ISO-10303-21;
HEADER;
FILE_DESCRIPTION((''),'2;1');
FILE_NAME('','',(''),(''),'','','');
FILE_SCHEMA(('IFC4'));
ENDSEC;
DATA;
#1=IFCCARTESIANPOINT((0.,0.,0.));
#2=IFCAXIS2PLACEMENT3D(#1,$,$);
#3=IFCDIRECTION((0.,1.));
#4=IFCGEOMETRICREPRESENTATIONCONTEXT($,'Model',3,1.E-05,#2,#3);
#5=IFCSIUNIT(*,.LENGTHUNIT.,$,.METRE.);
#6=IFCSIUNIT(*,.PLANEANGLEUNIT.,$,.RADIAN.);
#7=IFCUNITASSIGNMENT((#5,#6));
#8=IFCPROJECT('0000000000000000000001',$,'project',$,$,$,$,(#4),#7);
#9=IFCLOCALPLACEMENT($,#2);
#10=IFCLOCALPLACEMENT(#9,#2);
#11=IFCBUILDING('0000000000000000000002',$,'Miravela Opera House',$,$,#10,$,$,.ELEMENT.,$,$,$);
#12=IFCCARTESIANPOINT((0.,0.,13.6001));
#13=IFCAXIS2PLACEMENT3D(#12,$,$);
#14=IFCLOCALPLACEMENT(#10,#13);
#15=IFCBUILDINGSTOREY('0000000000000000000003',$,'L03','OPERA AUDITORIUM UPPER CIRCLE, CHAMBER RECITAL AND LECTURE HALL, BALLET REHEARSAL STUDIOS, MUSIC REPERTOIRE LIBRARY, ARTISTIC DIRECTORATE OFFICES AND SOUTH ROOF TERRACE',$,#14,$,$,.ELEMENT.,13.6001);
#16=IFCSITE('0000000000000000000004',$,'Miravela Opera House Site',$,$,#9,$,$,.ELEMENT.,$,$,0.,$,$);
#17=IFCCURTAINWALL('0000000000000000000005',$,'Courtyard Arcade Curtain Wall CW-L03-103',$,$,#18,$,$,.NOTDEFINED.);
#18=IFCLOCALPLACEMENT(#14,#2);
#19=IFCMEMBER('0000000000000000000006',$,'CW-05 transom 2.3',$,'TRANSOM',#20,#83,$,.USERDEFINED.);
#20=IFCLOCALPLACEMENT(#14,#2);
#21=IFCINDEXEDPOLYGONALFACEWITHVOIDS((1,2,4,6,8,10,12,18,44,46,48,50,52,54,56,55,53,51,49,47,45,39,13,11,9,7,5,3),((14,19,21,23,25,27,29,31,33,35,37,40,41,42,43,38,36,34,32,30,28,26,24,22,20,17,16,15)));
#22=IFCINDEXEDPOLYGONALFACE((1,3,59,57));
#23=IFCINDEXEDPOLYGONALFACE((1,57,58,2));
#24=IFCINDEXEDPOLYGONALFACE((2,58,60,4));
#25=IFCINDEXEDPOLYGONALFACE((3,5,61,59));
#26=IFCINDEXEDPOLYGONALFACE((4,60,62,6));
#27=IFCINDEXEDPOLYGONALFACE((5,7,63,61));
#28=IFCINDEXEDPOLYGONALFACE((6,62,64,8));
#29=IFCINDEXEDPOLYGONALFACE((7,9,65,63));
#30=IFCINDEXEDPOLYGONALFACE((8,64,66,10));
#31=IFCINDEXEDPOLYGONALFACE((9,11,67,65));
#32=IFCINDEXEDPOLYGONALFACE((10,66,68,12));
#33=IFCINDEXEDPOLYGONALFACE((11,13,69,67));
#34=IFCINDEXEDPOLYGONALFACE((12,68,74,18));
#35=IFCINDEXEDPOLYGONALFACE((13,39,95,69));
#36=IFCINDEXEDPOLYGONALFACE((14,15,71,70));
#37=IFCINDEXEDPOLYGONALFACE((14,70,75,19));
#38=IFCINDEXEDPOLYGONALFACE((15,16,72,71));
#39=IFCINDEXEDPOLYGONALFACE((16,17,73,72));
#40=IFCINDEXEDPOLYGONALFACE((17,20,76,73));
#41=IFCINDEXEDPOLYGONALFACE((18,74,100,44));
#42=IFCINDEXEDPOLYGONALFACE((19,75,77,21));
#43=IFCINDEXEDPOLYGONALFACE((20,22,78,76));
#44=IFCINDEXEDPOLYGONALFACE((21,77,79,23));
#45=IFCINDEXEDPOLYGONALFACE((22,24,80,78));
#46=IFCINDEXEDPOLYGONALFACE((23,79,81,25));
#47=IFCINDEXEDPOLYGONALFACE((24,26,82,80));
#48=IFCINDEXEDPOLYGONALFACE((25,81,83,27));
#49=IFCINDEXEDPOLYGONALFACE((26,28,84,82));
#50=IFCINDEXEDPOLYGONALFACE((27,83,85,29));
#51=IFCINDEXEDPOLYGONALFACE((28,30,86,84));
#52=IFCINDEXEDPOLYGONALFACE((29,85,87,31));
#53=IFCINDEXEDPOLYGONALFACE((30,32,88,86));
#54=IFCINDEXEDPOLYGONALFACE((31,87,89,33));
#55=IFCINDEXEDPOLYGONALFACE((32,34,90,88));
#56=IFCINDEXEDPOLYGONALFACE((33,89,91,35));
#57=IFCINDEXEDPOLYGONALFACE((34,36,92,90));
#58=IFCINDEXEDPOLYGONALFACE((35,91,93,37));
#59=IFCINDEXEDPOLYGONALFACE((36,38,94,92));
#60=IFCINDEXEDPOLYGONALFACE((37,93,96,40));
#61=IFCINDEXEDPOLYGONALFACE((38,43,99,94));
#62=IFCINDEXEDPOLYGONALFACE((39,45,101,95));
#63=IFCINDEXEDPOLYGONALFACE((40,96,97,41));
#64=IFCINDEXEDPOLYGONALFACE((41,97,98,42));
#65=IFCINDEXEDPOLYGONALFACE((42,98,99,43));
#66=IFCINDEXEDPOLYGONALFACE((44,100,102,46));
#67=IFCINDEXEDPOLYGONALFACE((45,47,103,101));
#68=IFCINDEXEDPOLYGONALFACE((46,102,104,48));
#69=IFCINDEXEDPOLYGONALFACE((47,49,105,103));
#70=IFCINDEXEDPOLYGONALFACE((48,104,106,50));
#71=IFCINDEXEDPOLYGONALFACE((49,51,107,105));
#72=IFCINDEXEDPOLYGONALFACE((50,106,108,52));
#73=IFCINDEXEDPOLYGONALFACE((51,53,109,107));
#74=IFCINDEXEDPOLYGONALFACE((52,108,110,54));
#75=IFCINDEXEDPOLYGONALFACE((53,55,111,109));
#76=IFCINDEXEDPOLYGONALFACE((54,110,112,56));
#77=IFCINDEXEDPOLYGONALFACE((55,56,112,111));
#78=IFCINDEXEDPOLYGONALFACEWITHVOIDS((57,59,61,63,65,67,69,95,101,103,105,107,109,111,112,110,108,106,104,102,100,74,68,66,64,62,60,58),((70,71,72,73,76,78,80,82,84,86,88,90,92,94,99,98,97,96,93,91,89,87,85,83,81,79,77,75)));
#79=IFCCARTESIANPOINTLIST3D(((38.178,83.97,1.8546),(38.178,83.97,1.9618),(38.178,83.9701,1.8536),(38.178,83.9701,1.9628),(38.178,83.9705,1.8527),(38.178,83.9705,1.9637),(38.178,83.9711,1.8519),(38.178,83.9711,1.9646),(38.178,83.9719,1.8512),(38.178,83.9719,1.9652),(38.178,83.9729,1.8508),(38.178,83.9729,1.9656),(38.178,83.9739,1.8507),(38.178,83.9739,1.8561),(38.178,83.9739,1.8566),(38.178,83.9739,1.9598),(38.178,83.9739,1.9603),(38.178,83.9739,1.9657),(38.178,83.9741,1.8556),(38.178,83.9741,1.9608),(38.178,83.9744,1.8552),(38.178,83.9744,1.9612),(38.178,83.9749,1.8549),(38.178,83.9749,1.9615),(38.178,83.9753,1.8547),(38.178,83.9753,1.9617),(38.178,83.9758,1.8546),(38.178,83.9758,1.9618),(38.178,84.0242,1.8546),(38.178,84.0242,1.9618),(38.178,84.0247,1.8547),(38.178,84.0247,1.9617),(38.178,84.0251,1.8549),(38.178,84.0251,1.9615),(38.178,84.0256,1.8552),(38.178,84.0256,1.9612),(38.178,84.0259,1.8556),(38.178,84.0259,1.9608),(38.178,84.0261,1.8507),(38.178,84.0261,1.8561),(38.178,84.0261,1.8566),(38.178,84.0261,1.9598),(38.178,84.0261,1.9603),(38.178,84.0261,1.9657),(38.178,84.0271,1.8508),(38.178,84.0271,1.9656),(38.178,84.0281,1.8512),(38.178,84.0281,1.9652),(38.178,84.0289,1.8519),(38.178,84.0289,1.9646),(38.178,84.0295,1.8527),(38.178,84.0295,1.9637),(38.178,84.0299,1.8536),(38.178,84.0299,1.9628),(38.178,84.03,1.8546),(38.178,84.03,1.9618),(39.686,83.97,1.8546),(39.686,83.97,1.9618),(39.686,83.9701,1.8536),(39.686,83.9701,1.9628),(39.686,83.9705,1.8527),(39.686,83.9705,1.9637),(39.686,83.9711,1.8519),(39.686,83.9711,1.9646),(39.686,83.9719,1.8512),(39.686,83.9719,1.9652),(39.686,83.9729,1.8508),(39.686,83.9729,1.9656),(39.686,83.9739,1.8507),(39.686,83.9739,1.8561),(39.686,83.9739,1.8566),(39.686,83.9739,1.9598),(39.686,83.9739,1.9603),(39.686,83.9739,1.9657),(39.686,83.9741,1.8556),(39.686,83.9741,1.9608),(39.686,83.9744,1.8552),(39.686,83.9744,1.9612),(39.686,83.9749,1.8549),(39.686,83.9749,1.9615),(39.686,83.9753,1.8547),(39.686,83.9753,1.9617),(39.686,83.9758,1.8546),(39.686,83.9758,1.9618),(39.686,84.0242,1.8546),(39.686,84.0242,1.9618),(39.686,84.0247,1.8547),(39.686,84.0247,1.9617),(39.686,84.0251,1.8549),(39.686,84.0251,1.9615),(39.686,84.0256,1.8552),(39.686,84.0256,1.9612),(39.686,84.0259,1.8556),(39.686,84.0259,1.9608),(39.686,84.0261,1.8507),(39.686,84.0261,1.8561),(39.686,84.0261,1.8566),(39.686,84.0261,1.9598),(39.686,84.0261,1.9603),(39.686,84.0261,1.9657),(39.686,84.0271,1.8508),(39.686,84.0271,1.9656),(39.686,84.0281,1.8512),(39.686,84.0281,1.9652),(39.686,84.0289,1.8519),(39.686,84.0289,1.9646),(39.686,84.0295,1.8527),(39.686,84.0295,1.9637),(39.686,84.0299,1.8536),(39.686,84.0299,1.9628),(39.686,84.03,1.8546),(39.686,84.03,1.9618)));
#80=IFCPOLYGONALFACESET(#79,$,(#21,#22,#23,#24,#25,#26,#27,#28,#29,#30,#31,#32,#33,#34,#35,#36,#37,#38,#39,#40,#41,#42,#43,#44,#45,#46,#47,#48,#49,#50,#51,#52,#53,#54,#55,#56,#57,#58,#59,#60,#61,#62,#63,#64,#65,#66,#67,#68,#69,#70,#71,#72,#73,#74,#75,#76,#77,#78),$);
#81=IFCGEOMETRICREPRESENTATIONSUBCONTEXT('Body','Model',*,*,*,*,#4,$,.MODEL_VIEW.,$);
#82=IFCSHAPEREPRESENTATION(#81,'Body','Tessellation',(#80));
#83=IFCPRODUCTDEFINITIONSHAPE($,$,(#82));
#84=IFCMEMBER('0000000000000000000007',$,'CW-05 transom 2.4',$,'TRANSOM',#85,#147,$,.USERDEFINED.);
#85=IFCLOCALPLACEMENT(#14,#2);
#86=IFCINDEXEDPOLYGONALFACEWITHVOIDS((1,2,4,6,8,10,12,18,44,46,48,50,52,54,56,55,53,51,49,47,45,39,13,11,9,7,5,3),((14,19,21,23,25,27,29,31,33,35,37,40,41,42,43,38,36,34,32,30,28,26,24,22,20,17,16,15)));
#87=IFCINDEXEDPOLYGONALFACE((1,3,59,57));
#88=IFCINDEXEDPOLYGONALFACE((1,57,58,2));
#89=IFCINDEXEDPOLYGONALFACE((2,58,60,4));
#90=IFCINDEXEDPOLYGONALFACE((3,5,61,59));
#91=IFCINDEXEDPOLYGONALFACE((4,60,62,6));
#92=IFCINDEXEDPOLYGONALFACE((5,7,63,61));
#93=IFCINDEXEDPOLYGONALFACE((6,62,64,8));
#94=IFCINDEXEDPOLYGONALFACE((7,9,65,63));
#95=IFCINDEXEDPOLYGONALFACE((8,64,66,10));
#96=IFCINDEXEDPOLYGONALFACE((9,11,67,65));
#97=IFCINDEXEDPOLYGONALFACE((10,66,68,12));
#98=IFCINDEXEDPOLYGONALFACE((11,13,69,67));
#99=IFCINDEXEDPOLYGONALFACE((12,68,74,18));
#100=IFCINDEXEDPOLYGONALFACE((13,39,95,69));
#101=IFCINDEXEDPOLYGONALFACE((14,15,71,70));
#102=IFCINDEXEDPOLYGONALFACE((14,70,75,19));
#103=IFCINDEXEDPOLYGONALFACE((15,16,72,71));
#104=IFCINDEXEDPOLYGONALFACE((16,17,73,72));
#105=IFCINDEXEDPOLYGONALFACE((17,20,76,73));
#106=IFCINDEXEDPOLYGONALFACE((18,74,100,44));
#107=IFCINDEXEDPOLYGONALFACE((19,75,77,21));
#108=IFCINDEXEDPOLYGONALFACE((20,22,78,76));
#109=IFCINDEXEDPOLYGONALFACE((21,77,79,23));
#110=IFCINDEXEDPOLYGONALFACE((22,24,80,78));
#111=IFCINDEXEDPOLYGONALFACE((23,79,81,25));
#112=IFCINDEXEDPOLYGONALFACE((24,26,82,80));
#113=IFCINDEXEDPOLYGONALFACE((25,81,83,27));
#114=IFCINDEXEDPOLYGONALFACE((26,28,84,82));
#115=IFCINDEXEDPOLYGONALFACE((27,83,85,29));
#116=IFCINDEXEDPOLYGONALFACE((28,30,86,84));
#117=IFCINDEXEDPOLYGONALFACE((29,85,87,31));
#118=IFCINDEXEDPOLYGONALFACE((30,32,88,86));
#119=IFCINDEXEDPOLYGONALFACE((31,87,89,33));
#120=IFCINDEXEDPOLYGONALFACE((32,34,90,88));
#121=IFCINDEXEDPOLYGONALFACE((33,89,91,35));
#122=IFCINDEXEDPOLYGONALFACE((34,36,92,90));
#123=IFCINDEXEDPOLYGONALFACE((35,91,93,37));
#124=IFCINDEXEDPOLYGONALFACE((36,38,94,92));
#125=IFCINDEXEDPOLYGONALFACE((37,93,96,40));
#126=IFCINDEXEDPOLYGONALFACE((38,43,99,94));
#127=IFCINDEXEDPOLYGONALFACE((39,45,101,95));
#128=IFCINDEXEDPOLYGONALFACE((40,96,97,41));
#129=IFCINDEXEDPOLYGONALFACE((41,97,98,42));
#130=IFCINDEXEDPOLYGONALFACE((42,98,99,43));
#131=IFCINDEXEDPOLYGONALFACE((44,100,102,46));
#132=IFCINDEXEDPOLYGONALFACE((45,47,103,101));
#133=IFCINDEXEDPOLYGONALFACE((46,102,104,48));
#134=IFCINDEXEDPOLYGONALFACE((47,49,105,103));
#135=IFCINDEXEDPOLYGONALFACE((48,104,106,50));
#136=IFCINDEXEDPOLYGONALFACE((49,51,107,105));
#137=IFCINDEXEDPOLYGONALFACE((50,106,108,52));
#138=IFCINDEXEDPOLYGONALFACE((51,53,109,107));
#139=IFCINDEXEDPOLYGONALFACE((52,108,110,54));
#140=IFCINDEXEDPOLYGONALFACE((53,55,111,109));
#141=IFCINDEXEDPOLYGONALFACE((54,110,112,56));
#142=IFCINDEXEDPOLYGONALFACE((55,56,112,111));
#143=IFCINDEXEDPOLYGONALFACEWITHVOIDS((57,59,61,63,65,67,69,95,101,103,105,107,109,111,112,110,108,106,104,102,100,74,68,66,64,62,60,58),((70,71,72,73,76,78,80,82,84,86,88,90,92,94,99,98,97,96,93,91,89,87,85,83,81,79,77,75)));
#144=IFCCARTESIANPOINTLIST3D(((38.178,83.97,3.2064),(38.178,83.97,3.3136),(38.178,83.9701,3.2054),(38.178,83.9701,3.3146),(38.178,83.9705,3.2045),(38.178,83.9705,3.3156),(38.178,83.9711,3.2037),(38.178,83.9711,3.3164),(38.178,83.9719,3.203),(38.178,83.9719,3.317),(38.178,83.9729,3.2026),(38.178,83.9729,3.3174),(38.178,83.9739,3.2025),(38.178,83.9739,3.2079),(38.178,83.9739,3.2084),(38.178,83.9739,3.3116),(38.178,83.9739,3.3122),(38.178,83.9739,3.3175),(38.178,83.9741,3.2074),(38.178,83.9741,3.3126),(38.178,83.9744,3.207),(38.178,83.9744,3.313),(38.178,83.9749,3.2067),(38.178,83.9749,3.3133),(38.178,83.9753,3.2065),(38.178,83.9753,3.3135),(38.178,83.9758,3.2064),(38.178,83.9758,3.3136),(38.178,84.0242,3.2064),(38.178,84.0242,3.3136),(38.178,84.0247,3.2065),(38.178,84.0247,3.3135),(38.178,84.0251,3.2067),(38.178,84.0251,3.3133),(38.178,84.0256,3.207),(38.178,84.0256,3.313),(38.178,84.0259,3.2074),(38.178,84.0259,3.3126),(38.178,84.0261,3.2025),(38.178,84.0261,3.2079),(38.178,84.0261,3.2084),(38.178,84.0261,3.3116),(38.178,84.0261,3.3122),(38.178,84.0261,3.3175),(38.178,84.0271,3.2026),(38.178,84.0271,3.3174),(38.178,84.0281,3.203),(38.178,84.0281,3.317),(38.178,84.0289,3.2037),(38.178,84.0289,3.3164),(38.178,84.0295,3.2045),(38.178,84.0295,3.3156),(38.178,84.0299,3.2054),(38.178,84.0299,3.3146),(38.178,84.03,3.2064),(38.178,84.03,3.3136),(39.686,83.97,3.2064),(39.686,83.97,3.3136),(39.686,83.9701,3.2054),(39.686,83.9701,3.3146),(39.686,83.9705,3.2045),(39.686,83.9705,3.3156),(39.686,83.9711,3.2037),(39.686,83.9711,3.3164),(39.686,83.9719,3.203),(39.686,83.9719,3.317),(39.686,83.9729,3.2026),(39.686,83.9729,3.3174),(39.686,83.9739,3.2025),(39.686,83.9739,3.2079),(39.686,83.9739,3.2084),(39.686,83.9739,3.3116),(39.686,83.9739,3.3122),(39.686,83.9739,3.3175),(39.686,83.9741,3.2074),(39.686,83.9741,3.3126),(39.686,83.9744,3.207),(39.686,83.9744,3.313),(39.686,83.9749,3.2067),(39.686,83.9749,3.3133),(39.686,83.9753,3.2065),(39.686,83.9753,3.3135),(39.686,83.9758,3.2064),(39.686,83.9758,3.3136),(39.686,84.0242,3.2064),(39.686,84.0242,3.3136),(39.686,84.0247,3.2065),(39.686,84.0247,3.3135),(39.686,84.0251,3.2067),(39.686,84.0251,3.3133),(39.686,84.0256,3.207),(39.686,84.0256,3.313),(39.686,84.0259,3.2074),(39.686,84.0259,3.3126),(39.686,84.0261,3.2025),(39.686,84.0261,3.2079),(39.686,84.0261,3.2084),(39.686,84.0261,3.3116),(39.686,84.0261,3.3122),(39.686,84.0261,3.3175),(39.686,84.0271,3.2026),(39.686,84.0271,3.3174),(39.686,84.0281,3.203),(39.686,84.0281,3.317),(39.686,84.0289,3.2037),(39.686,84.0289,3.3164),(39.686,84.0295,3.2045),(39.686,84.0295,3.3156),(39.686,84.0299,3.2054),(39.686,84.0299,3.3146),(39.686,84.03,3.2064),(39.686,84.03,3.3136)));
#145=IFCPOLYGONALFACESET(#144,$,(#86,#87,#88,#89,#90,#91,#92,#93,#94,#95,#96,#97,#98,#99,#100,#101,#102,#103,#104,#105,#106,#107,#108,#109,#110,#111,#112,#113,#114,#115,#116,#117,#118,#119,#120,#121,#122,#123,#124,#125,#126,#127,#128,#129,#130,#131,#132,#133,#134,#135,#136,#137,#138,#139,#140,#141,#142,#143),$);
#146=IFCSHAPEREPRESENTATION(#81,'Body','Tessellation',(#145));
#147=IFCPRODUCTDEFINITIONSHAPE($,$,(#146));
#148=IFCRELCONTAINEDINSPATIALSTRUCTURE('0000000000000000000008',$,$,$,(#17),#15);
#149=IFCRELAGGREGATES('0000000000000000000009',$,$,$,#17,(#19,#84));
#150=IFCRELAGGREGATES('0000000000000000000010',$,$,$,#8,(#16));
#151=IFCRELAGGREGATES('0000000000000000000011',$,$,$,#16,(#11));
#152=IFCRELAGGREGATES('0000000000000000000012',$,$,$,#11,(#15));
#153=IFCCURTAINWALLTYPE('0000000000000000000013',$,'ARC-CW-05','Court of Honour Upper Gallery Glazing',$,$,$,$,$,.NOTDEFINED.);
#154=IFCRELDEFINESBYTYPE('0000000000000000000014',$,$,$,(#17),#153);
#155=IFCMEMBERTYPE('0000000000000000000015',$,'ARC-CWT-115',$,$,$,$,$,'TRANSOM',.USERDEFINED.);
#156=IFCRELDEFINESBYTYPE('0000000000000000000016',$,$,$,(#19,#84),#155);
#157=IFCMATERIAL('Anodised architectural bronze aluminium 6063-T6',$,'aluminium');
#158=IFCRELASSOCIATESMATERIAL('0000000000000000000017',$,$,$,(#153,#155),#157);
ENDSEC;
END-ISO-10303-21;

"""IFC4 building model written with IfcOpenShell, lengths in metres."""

from ifc_helpers import new_model, si_unit, direction, frame, origin, origin_2d, place, context, subcontext, project, spatial, hollow_rectangle, extrude, material, material_profile, profile_set, type_object, element, aggregate, save


model = new_model("IFC4")

# Units and contexts
model_context = context("Model", 3, precision=1e-05, world=origin(), true_north=direction((0.0, 1.0)))
body_context = subcontext(model_context, "Body", "Model", "MODEL_VIEW")
ifc_project = project(units=[si_unit("LENGTHUNIT", "METRE"), si_unit("PLANEANGLEUNIT", "RADIAN")], contexts=[model_context])

# Site, building, storey
site_placement = place(None, origin())
site = spatial("IfcSite", under=ifc_project, at=site_placement, Name="Miravela Opera House Site", CompositionType="ELEMENT", RefElevation=0.0)
building_placement = place(site_placement, origin())
building = spatial("IfcBuilding", under=site, at=building_placement, Name="Miravela Opera House", CompositionType="ELEMENT")
storey_placement = place(building_placement, frame((0.0, 0.0, 13.6001)))
storey = spatial("IfcBuildingStorey", under=building, at=storey_placement, Name="L03", Description="OPERA AUDITORIUM UPPER CIRCLE, CHAMBER RECITAL AND LECTURE HALL, BALLET REHEARSAL STUDIOS, MUSIC REPERTOIRE LIBRARY, ARTISTIC DIRECTORATE OFFICES AND SOUTH ROOF TERRACE", CompositionType="ELEMENT", Elevation=13.6001)

# Curtain wall, members
ifc_material_1 = material(Name="Anodised architectural bronze aluminium 6063-T6", Category="aluminium")
curtain_wall_type = type_object("IfcCurtainWallType", Name="ARC-CW-05", Description="Court of Honour Upper Gallery Glazing", PredefinedType="NOTDEFINED", material=ifc_material_1)
curtain_wall_placement = place(storey_placement, origin())
curtain_wall = element("IfcCurtainWall", 1, at=curtain_wall_placement, inside=storey, type_object=curtain_wall_type, Name="Courtyard Arcade Curtain Wall CW-L03-103", PredefinedType="NOTDEFINED")
ifc_material_profile_1 = material_profile(ifc_material_1, hollow_rectangle(XDim=0.0601, YDim=0.115, WallThickness=0.0039, InnerFilletRadius=0.002, OuterFilletRadius=0.0039, at=origin_2d()), Name="CWT-60X115")
ifc_profile_set_1 = profile_set([ifc_material_profile_1])
member_type_1 = type_object("IfcMemberType", Name="ARC-CWT-115", ElementType="TRANSOM", PredefinedType="USERDEFINED", material=ifc_profile_set_1)
member_1_placement = place(storey_placement, frame((38.178, 84.0, 1.9082), z_axis=(1.0, 0.0, 0.0), x_axis=(0.0, 1.0, 0.0)))
member_1 = element("IfcMember", 2, at=member_1_placement, type_object=member_type_1, Name="CW-05 transom 2.3", ObjectType="TRANSOM", PredefinedType="USERDEFINED", context=body_context, shape_type="SweptSolid", body=[
    extrude(hollow_rectangle(XDim=0.0601, YDim=0.115, WallThickness=0.0039, InnerFilletRadius=0.002, OuterFilletRadius=0.0039, at=origin_2d()), origin(), (0.0, 0.0, 1.0), 1.5081),
])
member_2_placement = place(storey_placement, frame((38.178, 84.0, 3.26), z_axis=(1.0, 0.0, 0.0), x_axis=(0.0, 1.0, 0.0)))
member_2 = element("IfcMember", 3, at=member_2_placement, type_object=member_type_1, Name="CW-05 transom 2.4", ObjectType="TRANSOM", PredefinedType="USERDEFINED", context=body_context, shape_type="SweptSolid", body=[
    extrude(hollow_rectangle(XDim=0.0601, YDim=0.115, WallThickness=0.0039, InnerFilletRadius=0.002, OuterFilletRadius=0.0039, at=origin_2d()), origin(), (0.0, 0.0, 1.0), 1.5081),
])
aggregate(curtain_wall, [member_1, member_2])

save(model, "model.ifc")
